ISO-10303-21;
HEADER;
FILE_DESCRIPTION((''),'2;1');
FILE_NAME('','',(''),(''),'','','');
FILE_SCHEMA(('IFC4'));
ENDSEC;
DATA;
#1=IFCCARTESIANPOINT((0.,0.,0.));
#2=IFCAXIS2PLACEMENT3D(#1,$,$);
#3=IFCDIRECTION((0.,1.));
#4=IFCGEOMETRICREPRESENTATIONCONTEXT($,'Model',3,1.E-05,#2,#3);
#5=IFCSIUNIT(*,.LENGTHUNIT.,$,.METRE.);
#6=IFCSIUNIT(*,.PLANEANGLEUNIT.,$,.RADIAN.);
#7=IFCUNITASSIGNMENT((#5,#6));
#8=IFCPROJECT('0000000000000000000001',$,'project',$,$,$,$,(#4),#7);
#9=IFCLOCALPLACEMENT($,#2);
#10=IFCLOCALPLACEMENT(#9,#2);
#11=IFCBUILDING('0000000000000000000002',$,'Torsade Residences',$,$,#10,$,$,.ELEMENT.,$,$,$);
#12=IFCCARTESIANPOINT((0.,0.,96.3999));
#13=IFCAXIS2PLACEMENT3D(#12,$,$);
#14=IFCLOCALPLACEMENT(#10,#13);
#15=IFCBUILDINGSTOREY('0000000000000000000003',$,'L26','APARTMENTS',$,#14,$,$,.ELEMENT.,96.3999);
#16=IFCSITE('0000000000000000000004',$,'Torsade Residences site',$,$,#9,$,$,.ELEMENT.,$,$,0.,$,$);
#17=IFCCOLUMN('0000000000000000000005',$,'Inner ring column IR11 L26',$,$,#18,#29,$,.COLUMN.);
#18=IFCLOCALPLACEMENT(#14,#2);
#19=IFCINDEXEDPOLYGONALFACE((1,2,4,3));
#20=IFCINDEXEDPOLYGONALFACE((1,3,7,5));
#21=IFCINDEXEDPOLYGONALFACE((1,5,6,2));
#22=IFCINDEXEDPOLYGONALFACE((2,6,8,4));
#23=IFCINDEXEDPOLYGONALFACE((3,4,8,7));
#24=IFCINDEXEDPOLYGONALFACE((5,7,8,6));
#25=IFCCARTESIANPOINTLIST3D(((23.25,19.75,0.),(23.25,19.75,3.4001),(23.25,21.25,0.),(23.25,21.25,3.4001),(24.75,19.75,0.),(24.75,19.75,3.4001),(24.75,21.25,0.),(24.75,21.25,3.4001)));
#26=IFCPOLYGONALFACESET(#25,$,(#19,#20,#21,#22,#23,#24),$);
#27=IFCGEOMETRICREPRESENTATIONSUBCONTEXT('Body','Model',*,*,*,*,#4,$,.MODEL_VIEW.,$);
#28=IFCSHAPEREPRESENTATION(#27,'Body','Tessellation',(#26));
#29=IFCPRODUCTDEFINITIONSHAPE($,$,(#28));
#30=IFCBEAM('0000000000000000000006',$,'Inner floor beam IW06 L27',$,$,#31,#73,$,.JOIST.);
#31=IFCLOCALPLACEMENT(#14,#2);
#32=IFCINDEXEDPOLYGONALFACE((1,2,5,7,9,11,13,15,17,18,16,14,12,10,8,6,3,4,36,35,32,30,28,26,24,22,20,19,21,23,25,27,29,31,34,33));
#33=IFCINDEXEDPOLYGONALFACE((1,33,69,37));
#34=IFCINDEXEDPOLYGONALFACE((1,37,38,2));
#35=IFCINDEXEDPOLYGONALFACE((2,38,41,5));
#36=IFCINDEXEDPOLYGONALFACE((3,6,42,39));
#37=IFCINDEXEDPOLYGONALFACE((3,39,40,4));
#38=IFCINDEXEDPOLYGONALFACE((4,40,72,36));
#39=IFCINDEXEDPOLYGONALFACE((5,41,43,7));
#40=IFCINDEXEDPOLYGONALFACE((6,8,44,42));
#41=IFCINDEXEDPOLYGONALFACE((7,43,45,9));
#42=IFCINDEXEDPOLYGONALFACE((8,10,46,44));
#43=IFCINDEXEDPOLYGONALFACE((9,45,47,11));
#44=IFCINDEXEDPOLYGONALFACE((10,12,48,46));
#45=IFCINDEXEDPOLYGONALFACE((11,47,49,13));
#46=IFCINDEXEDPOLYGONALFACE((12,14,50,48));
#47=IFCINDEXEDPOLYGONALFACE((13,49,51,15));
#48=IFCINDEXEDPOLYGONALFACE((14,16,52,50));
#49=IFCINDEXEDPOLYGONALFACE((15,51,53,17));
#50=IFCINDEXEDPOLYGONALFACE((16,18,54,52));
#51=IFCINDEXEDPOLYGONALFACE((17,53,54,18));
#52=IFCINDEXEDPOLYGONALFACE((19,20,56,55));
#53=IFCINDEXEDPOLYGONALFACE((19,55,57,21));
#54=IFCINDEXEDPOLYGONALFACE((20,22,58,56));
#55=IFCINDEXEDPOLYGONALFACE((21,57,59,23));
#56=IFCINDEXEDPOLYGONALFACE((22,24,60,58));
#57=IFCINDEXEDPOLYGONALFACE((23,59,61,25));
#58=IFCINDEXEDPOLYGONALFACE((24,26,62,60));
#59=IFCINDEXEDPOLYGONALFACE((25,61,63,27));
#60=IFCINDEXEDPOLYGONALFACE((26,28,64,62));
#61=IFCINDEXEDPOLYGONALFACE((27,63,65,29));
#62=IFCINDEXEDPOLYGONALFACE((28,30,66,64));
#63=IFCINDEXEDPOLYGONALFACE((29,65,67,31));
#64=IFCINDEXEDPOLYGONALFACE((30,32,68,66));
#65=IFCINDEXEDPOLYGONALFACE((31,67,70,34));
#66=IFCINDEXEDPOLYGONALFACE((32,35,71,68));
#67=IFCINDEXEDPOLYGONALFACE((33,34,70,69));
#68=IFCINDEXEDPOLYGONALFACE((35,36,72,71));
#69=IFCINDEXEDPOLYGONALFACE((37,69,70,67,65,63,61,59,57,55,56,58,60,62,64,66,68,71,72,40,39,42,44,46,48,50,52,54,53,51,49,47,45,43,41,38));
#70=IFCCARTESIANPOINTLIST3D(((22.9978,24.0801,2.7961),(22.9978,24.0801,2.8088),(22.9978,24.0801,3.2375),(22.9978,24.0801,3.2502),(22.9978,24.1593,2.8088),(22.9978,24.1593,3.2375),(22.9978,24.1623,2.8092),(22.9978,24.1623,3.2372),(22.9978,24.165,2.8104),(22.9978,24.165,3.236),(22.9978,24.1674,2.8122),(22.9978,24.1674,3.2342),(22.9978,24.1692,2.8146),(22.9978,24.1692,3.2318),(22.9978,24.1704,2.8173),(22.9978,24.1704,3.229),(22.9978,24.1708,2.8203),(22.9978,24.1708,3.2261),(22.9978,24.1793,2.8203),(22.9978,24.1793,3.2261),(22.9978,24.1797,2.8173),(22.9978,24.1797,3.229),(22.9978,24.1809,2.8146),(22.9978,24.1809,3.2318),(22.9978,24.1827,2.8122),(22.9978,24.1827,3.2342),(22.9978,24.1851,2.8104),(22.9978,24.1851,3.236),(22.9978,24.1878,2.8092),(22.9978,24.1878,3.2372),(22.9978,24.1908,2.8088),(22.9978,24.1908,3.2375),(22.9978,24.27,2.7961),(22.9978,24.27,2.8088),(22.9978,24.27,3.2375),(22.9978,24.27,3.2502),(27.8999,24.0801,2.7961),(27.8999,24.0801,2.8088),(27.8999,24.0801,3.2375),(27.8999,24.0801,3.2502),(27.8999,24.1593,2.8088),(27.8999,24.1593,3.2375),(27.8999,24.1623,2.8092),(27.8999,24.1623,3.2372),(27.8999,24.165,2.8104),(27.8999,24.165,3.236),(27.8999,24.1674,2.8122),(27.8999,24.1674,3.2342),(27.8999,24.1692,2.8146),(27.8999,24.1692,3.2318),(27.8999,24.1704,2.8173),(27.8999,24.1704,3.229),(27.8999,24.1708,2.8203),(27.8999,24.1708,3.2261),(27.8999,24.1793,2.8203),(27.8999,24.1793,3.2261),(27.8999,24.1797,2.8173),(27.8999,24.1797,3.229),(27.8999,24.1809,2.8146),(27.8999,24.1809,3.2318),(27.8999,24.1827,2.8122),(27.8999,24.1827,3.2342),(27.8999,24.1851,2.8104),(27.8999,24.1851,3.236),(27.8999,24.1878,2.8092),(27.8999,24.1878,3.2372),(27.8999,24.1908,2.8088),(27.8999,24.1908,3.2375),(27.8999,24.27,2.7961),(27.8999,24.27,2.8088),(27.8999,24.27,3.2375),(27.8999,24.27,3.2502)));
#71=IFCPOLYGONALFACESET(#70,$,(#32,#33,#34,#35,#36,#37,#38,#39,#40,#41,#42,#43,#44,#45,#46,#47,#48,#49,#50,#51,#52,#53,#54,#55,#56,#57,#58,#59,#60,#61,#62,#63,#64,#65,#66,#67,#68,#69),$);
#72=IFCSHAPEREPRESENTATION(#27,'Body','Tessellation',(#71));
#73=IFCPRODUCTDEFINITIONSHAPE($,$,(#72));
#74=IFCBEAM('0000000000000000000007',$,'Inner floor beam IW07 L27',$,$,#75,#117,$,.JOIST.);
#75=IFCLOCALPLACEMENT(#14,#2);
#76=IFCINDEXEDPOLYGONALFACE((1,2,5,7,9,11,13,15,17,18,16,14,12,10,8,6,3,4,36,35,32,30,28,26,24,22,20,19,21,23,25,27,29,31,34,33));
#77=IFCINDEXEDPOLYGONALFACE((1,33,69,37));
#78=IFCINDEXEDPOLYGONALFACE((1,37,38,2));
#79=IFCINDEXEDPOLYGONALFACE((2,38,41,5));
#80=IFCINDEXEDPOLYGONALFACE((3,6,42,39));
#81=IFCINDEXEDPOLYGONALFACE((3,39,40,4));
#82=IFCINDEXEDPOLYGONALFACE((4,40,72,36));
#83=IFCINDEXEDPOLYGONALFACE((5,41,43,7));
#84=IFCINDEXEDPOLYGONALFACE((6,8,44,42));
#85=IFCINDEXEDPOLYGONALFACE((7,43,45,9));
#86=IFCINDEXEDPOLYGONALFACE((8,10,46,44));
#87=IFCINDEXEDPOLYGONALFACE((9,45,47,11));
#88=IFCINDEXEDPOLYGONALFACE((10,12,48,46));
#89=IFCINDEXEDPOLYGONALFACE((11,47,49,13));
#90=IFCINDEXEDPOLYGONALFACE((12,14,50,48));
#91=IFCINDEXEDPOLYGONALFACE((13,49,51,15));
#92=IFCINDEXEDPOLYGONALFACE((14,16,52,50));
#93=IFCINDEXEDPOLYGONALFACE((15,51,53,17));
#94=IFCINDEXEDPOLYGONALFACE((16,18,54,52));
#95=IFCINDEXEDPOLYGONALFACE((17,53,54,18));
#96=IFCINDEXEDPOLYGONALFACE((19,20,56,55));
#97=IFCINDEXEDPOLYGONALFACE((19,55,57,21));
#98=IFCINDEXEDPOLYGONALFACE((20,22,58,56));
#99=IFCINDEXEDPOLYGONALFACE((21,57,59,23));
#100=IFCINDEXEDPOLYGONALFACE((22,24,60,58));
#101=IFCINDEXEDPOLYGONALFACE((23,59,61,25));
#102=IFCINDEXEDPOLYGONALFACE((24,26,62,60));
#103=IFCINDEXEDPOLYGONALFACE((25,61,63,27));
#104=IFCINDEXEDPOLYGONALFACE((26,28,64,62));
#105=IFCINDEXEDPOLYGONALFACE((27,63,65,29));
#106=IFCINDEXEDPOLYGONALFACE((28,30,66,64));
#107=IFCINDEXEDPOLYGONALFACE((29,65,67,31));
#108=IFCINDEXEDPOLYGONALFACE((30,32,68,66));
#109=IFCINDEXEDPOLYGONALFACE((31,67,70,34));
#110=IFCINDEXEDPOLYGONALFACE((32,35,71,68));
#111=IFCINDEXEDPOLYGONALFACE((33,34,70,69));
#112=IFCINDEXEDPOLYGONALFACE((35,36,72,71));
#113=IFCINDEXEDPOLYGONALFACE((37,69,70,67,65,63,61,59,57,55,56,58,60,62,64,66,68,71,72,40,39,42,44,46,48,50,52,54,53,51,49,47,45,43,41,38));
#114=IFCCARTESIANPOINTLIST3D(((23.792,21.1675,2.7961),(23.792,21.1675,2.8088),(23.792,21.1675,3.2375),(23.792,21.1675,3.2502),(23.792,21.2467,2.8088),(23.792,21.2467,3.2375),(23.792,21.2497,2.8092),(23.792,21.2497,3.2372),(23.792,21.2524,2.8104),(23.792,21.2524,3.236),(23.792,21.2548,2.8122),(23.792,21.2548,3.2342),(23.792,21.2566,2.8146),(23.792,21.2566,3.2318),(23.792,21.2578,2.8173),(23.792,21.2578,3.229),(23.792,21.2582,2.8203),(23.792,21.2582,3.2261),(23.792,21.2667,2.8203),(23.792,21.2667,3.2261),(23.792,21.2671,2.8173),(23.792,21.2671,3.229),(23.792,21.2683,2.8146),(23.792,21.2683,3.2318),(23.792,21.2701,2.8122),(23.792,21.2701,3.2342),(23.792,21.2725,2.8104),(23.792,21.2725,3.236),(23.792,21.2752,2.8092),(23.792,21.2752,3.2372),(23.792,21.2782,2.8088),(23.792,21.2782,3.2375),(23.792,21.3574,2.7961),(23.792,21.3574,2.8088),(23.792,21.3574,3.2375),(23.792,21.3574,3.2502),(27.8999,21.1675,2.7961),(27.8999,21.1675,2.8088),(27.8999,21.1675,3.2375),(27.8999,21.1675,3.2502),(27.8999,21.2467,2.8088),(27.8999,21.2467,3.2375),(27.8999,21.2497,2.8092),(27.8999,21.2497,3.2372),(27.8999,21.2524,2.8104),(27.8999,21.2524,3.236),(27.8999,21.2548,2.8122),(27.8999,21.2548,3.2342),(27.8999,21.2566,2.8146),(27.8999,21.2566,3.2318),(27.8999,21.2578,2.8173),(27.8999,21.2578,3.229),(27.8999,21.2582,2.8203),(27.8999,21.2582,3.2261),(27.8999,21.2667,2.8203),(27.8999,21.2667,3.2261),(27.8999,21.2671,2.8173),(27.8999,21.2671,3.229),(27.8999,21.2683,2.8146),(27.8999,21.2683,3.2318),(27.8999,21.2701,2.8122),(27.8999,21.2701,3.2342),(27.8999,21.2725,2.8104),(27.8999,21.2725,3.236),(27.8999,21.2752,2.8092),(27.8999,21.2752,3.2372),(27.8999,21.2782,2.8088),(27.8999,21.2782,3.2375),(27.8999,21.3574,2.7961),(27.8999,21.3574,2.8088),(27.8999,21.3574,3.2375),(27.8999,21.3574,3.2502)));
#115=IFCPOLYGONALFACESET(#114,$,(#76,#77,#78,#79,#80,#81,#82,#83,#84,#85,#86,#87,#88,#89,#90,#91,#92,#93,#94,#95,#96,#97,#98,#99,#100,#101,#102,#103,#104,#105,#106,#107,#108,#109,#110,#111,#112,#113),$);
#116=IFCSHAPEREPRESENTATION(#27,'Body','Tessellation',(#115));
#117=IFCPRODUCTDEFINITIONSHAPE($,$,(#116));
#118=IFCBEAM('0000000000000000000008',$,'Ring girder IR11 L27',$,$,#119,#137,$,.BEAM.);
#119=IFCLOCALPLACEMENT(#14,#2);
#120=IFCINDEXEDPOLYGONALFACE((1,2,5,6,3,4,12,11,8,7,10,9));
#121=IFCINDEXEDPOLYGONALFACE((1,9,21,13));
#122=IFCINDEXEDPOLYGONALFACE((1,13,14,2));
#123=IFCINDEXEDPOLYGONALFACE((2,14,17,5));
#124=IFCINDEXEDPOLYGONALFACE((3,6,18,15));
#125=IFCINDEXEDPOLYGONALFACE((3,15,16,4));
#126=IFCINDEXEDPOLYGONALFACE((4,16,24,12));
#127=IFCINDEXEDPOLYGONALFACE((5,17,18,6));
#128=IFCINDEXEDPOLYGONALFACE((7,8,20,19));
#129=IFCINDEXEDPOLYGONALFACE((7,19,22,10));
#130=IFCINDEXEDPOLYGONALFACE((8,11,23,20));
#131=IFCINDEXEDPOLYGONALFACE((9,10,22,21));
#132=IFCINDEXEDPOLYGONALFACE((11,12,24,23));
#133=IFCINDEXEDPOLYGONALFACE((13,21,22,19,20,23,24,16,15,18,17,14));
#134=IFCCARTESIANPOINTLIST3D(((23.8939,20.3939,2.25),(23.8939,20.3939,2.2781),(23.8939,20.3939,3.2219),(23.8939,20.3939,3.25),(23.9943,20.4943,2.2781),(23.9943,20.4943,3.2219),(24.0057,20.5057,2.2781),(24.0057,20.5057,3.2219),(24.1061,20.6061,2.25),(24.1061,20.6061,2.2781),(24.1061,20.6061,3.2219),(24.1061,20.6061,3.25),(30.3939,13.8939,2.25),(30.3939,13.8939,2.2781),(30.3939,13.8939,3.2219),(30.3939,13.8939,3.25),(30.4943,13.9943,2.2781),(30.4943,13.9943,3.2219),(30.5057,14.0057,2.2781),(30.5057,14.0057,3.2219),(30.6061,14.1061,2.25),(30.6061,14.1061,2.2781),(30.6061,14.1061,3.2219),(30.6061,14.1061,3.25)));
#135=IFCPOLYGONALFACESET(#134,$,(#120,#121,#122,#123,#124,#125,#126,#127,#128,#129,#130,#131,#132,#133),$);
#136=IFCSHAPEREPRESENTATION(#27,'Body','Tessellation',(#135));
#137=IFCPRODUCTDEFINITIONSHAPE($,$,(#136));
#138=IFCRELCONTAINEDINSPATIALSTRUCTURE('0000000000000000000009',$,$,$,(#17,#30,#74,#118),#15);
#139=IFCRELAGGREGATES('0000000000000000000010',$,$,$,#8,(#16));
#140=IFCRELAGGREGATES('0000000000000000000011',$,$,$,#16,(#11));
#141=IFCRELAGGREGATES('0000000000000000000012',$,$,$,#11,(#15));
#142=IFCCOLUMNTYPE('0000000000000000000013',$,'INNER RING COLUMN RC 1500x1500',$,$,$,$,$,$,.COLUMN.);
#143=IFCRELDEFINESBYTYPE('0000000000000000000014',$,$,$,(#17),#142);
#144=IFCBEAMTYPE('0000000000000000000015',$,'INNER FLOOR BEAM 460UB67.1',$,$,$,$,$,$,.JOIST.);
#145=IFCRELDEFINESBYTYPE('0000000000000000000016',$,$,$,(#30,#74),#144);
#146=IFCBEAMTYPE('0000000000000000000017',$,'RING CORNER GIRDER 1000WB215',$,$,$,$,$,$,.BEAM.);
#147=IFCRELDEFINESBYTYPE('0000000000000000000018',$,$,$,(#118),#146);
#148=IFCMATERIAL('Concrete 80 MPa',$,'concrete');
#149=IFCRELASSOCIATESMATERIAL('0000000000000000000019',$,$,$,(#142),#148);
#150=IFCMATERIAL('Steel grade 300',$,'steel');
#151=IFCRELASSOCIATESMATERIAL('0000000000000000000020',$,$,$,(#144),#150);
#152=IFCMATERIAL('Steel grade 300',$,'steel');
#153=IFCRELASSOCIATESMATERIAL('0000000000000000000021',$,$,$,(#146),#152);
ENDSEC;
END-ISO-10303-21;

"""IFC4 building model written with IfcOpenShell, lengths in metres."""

from ifc_helpers import new_model, si_unit, direction, frame, origin, origin_2d, place, context, subcontext, project, spatial, rectangle, i_section, extrude, material, material_profile, profile_set, type_object, element, save


model = new_model("IFC4")

# Units and contexts
model_context = context("Model", 3, precision=1e-05, world=origin(), true_north=direction((0.0, 1.0)))
body_context = subcontext(model_context, "Body", "Model", "MODEL_VIEW")
ifc_project = project(units=[si_unit("LENGTHUNIT", "METRE"), si_unit("PLANEANGLEUNIT", "RADIAN")], contexts=[model_context])

# Site, building, storey
site_placement = place(None, origin())
site = spatial("IfcSite", under=ifc_project, at=site_placement, Name="Torsade Residences site", CompositionType="ELEMENT", RefElevation=0.0)
building_placement = place(site_placement, origin())
building = spatial("IfcBuilding", under=site, at=building_placement, Name="Torsade Residences", CompositionType="ELEMENT")
storey_placement = place(building_placement, frame((0.0, 0.0, 96.3999)))
storey = spatial("IfcBuildingStorey", under=building, at=storey_placement, Name="L26", Description="APARTMENTS", CompositionType="ELEMENT", Elevation=96.3999)

# Column
ifc_material_1 = material(Name="Concrete 80 MPa", Category="concrete")
ifc_material_profile_1 = material_profile(ifc_material_1, rectangle(XDim=1.5, YDim=1.5, at=origin_2d()), Name="RC 1500x1500")
ifc_profile_set_1 = profile_set([ifc_material_profile_1], Name="Concrete 80 MPa")
column_type = type_object("IfcColumnType", Name="INNER RING COLUMN RC 1500x1500", PredefinedType="COLUMN", material=ifc_profile_set_1)
column_placement = place(storey_placement, frame((24.0, 20.5, 0.0), z_axis=(0.0, 0.0, 1.0), x_axis=(1.0, 0.0, 0.0)))
element("IfcColumn", 1, at=column_placement, inside=storey, type_object=column_type, Name="Inner ring column IR11 L26", PredefinedType="COLUMN", context=body_context, shape_type="SweptSolid", body=[
    extrude(rectangle(XDim=1.5, YDim=1.5, at=origin_2d()), origin(), (0.0, 0.0, 1.0), 3.4001),
])

# Beams
ifc_material_2 = material(Name="Steel grade 300", Category="steel")
ifc_material_profile_2 = material_profile(ifc_material_2, i_section(OverallWidth=0.1899, OverallDepth=0.4541, WebThickness=0.0085, FlangeThickness=0.0127, FilletRadius=0.0115, at=origin_2d()), Name="460UB67.1")
ifc_profile_set_2 = profile_set([ifc_material_profile_2], Name="Steel grade 300")
beam_type_1 = type_object("IfcBeamType", Name="INNER FLOOR BEAM 460UB67.1", PredefinedType="JOIST", material=ifc_profile_set_2)
beam_1_placement = place(storey_placement, frame((27.8999, 24.175, 3.0232), z_axis=(-1.0, 0.0, 0.0), x_axis=(0.0, -1.0, 0.0)))
element("IfcBeam", 2, at=beam_1_placement, inside=storey, type_object=beam_type_1, Name="Inner floor beam IW06 L27", PredefinedType="JOIST", context=body_context, shape_type="SweptSolid", body=[
    extrude(i_section(OverallWidth=0.1899, OverallDepth=0.4541, WebThickness=0.0085, FlangeThickness=0.0127, FilletRadius=0.0115, at=origin_2d()), origin(), (0.0, 0.0, 1.0), 4.9021),
])
beam_2_placement = place(storey_placement, frame((27.8999, 21.2625, 3.0232), z_axis=(-1.0, 0.0, 0.0), x_axis=(0.0, -1.0, 0.0)))
element("IfcBeam", 3, at=beam_2_placement, inside=storey, type_object=beam_type_1, Name="Inner floor beam IW07 L27", PredefinedType="JOIST", context=body_context, shape_type="SweptSolid", body=[
    extrude(i_section(OverallWidth=0.1899, OverallDepth=0.4541, WebThickness=0.0085, FlangeThickness=0.0127, FilletRadius=0.0115, at=origin_2d()), origin(), (0.0, 0.0, 1.0), 4.1079),
])
ifc_material_3 = material(Name="Steel grade 300", Category="steel")
ifc_material_profile_3 = material_profile(ifc_material_3, i_section(OverallWidth=0.3, OverallDepth=1.0, WebThickness=0.0161, FlangeThickness=0.0281, at=origin_2d()), Name="1000WB215")
ifc_profile_set_3 = profile_set([ifc_material_profile_3], Name="Steel grade 300")
beam_type_2 = type_object("IfcBeamType", Name="RING CORNER GIRDER 1000WB215", PredefinedType="BEAM", material=ifc_profile_set_3)
beam_3_placement = place(storey_placement, frame((24.0, 20.5, 2.75), z_axis=(0.707107, -0.707107, 0.0), x_axis=(0.707107, 0.707107, 0.0)))
element("IfcBeam", 4, at=beam_3_placement, inside=storey, type_object=beam_type_2, Name="Ring girder IR11 L27", PredefinedType="BEAM", context=body_context, shape_type="SweptSolid", body=[
    extrude(i_section(OverallWidth=0.3, OverallDepth=1.0, WebThickness=0.0161, FlangeThickness=0.0281, at=origin_2d()), origin(), (0.0, 0.0, 1.0), 9.1924),
])

save(model, "model.ifc")
